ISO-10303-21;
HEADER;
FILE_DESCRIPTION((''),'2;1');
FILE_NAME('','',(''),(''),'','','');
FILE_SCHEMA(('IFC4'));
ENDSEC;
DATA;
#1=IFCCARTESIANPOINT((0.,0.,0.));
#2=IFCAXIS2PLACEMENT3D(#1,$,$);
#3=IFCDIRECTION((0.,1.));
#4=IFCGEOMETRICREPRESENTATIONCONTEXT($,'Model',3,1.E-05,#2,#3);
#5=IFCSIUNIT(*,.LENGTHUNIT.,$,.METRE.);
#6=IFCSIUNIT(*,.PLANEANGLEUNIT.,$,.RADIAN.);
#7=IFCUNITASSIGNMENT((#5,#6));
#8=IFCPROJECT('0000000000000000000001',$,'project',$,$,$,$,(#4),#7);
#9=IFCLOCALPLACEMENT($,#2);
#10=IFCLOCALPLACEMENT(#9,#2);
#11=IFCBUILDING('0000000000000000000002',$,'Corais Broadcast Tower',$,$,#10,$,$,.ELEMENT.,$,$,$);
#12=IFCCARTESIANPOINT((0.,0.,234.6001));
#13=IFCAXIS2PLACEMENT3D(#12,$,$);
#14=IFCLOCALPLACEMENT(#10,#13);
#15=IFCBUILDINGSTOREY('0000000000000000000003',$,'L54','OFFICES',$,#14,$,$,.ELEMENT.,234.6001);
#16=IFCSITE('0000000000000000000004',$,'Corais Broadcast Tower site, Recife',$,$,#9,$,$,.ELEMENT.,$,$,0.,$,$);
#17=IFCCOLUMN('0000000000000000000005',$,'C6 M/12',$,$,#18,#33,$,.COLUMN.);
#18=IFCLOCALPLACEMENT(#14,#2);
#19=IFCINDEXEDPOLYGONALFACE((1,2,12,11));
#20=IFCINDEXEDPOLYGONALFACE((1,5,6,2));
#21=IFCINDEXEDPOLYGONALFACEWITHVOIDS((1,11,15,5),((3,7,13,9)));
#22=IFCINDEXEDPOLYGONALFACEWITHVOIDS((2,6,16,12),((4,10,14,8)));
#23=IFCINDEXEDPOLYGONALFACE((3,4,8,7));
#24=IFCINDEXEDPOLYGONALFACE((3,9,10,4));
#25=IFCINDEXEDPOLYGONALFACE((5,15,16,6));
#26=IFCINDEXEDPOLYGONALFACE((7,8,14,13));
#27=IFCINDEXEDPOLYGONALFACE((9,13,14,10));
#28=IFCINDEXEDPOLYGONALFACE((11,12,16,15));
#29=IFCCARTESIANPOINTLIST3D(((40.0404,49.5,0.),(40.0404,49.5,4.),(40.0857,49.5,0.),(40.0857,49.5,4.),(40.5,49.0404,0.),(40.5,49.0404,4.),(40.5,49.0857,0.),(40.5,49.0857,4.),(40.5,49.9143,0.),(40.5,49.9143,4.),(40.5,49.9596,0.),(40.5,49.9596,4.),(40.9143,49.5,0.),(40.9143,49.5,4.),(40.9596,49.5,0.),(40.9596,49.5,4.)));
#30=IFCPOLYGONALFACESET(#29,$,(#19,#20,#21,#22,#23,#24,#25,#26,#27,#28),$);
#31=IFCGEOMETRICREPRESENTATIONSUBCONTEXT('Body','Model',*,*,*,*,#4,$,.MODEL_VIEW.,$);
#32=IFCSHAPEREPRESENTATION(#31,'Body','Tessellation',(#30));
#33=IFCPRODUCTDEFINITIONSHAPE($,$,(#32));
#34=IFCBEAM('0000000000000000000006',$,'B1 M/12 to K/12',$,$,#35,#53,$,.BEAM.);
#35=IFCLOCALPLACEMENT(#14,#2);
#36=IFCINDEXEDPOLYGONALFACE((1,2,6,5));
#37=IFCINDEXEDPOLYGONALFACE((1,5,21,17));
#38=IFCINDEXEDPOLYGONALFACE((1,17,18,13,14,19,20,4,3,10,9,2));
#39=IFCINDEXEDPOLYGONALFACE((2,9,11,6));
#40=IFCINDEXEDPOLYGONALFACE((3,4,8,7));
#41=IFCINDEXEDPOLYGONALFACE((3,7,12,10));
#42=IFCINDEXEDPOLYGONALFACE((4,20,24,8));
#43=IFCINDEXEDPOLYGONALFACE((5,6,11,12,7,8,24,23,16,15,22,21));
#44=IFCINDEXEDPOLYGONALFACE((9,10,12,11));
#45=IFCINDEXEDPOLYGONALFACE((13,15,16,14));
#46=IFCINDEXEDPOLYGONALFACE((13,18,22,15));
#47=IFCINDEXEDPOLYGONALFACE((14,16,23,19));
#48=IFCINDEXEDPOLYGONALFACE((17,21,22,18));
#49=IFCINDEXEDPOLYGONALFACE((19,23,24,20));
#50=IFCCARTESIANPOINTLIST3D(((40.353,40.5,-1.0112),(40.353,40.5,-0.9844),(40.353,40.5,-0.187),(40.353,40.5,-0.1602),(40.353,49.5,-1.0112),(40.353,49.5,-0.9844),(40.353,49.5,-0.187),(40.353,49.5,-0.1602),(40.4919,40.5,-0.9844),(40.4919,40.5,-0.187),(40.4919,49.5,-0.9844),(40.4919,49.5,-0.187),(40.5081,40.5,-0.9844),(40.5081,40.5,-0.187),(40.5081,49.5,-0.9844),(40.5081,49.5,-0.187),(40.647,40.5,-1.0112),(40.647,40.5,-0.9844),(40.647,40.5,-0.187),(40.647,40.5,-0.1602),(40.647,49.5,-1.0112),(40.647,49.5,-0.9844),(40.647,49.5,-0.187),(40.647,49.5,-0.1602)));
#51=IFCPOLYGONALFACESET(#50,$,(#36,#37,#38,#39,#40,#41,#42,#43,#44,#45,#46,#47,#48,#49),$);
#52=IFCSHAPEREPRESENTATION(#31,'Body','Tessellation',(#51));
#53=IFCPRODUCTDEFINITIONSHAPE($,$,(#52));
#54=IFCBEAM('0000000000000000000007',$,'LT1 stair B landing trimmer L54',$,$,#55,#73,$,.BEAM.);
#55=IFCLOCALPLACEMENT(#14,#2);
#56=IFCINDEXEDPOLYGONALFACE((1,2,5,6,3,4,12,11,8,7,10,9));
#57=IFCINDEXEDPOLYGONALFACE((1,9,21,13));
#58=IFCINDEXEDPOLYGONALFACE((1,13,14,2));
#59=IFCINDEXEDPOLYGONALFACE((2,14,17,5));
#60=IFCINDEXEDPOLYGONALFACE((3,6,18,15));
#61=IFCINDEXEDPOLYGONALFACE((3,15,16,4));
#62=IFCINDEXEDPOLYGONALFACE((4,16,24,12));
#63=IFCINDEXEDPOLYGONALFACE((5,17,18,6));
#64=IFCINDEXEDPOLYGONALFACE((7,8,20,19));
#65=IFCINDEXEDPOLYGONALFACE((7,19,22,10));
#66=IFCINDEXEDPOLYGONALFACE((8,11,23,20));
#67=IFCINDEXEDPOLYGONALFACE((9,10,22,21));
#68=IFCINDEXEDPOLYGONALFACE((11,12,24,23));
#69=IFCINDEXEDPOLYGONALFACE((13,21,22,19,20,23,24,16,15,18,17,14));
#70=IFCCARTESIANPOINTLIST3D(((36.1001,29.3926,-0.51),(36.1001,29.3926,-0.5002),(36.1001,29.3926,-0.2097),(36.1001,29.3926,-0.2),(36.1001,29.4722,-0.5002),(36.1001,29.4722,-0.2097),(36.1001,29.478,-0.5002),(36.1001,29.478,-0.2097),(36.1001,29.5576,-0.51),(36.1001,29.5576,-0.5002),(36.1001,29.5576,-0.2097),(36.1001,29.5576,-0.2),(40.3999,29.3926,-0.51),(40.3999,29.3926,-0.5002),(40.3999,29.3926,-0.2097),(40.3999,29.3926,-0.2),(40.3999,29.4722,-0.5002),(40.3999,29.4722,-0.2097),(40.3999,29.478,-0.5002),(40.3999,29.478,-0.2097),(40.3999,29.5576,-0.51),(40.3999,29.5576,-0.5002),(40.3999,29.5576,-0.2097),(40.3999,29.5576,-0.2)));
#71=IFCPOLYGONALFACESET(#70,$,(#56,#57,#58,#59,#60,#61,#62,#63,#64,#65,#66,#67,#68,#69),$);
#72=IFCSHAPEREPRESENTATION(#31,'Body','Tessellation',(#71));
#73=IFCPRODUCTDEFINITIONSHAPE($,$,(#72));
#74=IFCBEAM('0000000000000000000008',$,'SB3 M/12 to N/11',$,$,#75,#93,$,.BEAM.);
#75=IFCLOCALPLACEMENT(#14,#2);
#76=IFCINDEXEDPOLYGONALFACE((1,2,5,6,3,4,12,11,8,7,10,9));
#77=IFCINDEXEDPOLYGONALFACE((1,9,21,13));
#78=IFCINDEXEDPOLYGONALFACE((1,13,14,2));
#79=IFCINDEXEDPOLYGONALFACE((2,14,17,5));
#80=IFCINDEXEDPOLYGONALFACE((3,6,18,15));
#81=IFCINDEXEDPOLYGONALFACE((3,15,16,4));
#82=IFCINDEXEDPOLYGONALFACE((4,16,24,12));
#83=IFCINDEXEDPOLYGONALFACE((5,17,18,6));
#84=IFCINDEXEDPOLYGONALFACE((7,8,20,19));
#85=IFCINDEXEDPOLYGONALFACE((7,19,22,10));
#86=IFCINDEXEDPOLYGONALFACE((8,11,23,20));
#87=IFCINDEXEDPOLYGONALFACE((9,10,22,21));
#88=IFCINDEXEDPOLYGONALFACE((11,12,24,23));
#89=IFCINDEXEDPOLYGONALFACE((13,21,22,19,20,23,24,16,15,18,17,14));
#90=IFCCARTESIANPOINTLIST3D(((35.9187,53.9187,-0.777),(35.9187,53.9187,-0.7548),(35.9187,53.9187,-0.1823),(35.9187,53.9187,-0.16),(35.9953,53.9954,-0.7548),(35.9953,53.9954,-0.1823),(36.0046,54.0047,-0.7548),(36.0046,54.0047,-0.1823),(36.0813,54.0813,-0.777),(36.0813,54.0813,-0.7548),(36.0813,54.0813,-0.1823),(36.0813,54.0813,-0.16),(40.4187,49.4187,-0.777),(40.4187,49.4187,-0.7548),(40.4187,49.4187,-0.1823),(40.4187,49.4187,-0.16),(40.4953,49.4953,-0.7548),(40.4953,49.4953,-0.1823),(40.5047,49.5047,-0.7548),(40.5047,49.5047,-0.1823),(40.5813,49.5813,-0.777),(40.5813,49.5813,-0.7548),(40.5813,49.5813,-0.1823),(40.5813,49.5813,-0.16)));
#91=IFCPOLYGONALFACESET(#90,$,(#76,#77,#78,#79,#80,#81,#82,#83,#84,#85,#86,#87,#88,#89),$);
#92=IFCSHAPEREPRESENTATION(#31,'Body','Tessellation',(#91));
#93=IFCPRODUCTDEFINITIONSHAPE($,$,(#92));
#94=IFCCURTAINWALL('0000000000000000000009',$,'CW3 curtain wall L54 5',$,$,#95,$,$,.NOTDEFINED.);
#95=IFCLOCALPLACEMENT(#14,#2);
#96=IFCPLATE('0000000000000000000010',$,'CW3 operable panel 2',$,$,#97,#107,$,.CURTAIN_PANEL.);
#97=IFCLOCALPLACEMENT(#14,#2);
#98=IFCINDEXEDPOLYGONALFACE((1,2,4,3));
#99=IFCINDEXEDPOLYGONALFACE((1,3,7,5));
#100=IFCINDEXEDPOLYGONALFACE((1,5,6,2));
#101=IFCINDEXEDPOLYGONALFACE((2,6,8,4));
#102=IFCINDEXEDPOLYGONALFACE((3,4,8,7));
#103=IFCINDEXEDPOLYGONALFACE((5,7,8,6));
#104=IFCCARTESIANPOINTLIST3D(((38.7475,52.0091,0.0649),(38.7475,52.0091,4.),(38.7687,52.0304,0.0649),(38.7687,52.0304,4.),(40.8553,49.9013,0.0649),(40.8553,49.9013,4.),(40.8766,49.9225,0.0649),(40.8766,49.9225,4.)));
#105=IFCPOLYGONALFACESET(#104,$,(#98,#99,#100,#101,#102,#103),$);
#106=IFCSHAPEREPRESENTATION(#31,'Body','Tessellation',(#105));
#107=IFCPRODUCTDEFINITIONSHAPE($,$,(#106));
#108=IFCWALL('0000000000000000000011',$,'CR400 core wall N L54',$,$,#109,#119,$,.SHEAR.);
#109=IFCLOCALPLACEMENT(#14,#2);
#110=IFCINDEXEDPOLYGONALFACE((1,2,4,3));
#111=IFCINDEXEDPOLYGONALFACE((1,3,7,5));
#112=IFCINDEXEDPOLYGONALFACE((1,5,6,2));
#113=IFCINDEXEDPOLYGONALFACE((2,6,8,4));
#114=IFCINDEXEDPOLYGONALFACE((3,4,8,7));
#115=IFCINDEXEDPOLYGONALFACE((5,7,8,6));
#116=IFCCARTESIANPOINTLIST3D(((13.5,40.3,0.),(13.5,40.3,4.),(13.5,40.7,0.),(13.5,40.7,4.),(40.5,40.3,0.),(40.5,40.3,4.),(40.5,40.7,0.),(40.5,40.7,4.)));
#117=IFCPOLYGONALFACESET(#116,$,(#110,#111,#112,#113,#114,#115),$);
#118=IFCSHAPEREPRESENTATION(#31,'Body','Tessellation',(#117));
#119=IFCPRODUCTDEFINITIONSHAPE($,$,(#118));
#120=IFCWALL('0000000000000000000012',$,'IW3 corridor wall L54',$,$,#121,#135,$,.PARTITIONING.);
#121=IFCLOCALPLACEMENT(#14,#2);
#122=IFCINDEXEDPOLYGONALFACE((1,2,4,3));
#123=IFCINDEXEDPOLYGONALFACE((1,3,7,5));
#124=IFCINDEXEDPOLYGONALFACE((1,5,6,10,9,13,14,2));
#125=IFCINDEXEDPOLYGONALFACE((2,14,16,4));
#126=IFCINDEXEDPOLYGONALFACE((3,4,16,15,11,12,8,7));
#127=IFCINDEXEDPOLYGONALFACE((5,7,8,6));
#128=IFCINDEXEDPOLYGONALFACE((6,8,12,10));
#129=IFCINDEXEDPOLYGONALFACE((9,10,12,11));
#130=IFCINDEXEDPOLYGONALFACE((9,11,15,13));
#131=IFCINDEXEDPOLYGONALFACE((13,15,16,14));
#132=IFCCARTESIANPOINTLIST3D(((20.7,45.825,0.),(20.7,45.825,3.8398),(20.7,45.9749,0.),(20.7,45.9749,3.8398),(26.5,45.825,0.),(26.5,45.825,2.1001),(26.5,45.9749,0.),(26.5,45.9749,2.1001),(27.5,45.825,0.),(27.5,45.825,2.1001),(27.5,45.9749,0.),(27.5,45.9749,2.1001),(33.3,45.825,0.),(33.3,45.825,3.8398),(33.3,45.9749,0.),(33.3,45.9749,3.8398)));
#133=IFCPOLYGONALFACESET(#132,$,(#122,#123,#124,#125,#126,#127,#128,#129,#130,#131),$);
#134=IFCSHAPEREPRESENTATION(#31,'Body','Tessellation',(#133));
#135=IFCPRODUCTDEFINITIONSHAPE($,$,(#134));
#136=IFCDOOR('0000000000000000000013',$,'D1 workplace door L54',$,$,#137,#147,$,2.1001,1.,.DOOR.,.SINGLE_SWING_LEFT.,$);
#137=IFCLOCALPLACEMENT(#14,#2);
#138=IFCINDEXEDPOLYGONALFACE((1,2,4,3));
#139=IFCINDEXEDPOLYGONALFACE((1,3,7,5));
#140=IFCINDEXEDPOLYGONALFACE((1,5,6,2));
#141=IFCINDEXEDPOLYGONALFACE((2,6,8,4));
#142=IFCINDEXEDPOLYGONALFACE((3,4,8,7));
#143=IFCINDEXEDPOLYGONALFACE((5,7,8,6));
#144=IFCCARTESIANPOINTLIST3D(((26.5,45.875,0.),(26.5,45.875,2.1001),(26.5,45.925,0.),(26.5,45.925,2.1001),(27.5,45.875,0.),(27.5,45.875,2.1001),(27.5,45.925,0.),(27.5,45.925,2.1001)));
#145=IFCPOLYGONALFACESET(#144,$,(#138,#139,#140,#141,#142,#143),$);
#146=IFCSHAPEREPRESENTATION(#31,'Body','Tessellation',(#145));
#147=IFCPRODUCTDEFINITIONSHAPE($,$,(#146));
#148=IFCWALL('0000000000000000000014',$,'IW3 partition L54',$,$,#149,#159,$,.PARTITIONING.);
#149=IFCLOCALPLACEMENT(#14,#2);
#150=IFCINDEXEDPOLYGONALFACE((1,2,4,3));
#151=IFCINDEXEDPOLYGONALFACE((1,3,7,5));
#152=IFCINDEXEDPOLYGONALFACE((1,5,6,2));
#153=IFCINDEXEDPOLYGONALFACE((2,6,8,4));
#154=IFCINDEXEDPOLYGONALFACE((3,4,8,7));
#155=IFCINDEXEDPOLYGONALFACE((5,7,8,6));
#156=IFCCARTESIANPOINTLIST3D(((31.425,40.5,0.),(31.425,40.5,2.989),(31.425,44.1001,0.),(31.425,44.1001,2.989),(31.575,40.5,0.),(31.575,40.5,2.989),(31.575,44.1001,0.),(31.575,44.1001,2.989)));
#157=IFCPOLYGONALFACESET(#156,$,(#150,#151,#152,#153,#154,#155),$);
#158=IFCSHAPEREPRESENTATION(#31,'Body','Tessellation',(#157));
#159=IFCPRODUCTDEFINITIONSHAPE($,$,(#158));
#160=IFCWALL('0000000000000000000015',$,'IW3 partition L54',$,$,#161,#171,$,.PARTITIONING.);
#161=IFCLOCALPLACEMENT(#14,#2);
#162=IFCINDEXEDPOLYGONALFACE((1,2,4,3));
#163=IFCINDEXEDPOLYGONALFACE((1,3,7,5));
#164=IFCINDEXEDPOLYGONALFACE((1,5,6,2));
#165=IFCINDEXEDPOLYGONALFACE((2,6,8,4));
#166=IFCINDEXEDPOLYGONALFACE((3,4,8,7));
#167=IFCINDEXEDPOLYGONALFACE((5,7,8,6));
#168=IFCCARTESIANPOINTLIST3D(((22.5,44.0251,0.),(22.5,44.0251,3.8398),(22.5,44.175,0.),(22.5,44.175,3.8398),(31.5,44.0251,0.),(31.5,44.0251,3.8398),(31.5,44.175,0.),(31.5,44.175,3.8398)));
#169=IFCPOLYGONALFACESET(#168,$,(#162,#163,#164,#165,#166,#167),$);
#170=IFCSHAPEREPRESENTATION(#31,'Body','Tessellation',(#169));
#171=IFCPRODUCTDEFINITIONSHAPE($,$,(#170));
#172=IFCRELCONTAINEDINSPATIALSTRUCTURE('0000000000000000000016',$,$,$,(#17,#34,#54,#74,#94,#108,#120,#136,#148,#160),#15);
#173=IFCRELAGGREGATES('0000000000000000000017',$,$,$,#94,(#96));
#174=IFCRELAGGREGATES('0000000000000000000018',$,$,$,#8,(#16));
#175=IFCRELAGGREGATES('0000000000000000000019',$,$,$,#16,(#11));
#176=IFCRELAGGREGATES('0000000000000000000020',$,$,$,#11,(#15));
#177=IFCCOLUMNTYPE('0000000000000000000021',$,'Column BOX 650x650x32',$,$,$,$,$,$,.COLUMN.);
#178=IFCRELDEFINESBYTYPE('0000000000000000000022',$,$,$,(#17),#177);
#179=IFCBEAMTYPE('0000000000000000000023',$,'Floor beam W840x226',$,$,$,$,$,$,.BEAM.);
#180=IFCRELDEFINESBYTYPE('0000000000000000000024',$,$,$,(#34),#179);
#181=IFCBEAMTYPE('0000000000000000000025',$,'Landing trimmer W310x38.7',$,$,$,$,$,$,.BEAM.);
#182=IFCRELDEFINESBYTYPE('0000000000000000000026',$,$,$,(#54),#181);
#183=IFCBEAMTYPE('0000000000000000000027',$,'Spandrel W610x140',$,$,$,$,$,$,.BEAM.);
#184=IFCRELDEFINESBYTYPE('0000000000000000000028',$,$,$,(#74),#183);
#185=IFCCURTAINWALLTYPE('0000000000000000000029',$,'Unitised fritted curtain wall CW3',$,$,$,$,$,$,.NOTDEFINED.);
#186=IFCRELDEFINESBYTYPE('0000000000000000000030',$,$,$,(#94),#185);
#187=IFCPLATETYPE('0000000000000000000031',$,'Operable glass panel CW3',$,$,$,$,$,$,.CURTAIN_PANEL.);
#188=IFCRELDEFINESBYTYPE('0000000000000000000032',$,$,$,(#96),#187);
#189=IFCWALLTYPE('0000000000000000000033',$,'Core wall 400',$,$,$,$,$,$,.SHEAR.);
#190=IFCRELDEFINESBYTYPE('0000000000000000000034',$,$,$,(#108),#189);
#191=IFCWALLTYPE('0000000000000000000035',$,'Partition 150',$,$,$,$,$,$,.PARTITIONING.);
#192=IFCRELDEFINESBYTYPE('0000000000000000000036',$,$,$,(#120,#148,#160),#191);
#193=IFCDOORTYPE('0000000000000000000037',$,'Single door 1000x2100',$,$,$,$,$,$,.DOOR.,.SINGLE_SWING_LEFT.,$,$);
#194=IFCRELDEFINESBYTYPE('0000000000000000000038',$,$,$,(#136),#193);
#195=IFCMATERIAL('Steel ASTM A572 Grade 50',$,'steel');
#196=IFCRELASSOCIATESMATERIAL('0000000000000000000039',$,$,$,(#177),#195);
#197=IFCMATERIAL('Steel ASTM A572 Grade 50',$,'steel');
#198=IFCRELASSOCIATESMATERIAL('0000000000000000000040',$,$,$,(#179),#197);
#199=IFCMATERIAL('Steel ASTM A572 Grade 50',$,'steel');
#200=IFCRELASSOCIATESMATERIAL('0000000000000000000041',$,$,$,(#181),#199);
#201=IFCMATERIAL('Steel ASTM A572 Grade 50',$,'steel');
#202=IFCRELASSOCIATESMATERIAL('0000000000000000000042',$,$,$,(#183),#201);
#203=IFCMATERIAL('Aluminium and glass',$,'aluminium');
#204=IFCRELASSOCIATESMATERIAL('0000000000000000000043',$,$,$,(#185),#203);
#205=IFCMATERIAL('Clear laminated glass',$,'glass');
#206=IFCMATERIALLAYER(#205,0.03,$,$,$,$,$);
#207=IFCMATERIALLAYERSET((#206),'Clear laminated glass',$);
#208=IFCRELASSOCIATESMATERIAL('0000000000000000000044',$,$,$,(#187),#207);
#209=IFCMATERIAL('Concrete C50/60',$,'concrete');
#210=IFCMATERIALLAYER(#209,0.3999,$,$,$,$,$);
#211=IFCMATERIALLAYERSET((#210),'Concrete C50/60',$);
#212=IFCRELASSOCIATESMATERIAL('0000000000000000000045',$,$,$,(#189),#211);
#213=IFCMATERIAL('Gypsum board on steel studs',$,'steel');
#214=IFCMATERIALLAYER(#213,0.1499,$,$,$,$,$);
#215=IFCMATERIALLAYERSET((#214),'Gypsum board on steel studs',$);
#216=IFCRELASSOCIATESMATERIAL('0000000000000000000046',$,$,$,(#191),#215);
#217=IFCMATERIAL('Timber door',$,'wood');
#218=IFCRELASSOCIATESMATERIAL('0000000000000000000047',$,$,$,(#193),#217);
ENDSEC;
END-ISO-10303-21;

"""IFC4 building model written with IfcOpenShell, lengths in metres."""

from ifc_helpers import new_model, si_unit, direction, frame, frame_2d, origin, origin_2d, place, context, subcontext, project, spatial, rectangle, hollow_rectangle, i_section, extrude, material, layer, layer_set, material_profile, profile_set, type_object, element, fill, aggregate, save


model = new_model("IFC4")

# Units and contexts
model_context = context("Model", 3, precision=1e-05, world=origin(), true_north=direction((0.0, 1.0)))
body_context = subcontext(model_context, "Body", "Model", "MODEL_VIEW")
ifc_project = project(units=[si_unit("LENGTHUNIT", "METRE"), si_unit("PLANEANGLEUNIT", "RADIAN")], contexts=[model_context])

# Site, building, storey
site_placement = place(None, origin())
site = spatial("IfcSite", under=ifc_project, at=site_placement, Name="Corais Broadcast Tower site, Recife", CompositionType="ELEMENT", RefElevation=0.0)
building_placement = place(site_placement, origin())
building = spatial("IfcBuilding", under=site, at=building_placement, Name="Corais Broadcast Tower", CompositionType="ELEMENT")
storey_placement = place(building_placement, frame((0.0, 0.0, 234.6001)))
storey = spatial("IfcBuildingStorey", under=building, at=storey_placement, Name="L54", Description="OFFICES", CompositionType="ELEMENT", Elevation=234.6001)

# Column
ifc_material_1 = material(Name="Steel ASTM A572 Grade 50", Category="steel")
ifc_material_profile_1 = material_profile(ifc_material_1, hollow_rectangle(XDim=0.6499, YDim=0.6499, WallThickness=0.032, at=origin_2d()), Name="BOX 650x650x32")
ifc_profile_set_1 = profile_set([ifc_material_profile_1], Name="Steel ASTM A572 Grade 50")
column_type = type_object("IfcColumnType", Name="Column BOX 650x650x32", PredefinedType="COLUMN", material=ifc_profile_set_1)
column_placement = place(storey_placement, frame((40.5, 49.5, 0.0), z_axis=(0.0, 0.0, 1.0), x_axis=(0.707107, 0.707107, 0.0)))
element("IfcColumn", 1, at=column_placement, inside=storey, type_object=column_type, Name="C6 M/12", PredefinedType="COLUMN", context=body_context, shape_type="SweptSolid", body=[
    extrude(hollow_rectangle(XDim=0.6499, YDim=0.6499, WallThickness=0.032, at=origin_2d()), origin(), (0.0, 0.0, 1.0), 4.0),
])

# Beams
ifc_material_2 = material(Name="Steel ASTM A572 Grade 50", Category="steel")
ifc_material_profile_2 = material_profile(ifc_material_2, i_section(OverallWidth=0.2939, OverallDepth=0.8511, WebThickness=0.0161, FlangeThickness=0.0269, at=origin_2d()), Name="W840x226")
ifc_profile_set_2 = profile_set([ifc_material_profile_2], Name="Steel ASTM A572 Grade 50")
beam_type_1 = type_object("IfcBeamType", Name="Floor beam W840x226", PredefinedType="BEAM", material=ifc_profile_set_2)
beam_1_placement = place(storey_placement, frame((40.5, 49.5, -0.5857), z_axis=(0.0, -1.0, 0.0), x_axis=(1.0, 0.0, 0.0)))
element("IfcBeam", 2, at=beam_1_placement, inside=storey, type_object=beam_type_1, Name="B1 M/12 to K/12", PredefinedType="BEAM", context=body_context, shape_type="SweptSolid", body=[
    extrude(i_section(OverallWidth=0.2939, OverallDepth=0.8511, WebThickness=0.0161, FlangeThickness=0.0269, at=origin_2d()), origin(), (0.0, 0.0, 1.0), 9.0),
])
ifc_material_3 = material(Name="Steel ASTM A572 Grade 50", Category="steel")
ifc_material_profile_3 = material_profile(ifc_material_3, i_section(OverallWidth=0.165, OverallDepth=0.3101, WebThickness=0.0059, FlangeThickness=0.0098, at=origin_2d()), Name="W310x38.7")
ifc_profile_set_3 = profile_set([ifc_material_profile_3], Name="Steel ASTM A572 Grade 50")
beam_type_2 = type_object("IfcBeamType", Name="Landing trimmer W310x38.7", PredefinedType="BEAM", material=ifc_profile_set_3)
beam_2_placement = place(storey_placement, frame((36.1001, 29.4751, -0.355), z_axis=(1.0, 0.0, 0.0), x_axis=(0.0, 1.0, 0.0)))
element("IfcBeam", 3, at=beam_2_placement, inside=storey, type_object=beam_type_2, Name="LT1 stair B landing trimmer L54", PredefinedType="BEAM", context=body_context, shape_type="SweptSolid", body=[
    extrude(i_section(OverallWidth=0.165, OverallDepth=0.3101, WebThickness=0.0059, FlangeThickness=0.0098, at=origin_2d()), origin(), (0.0, 0.0, 1.0), 4.2998),
])
ifc_material_4 = material(Name="Steel ASTM A572 Grade 50", Category="steel")
ifc_material_profile_4 = material_profile(ifc_material_4, i_section(OverallWidth=0.23, OverallDepth=0.6169, WebThickness=0.0132, FlangeThickness=0.0222, at=origin_2d()), Name="W610x140")
ifc_profile_set_4 = profile_set([ifc_material_profile_4], Name="Steel ASTM A572 Grade 50")
beam_type_3 = type_object("IfcBeamType", Name="Spandrel W610x140", PredefinedType="BEAM", material=ifc_profile_set_4)
beam_3_placement = place(storey_placement, frame((40.5, 49.5, -0.4685), z_axis=(-0.707107, 0.707107, 0.0), x_axis=(-0.707107, -0.707107, 0.0)))
element("IfcBeam", 4, at=beam_3_placement, inside=storey, type_object=beam_type_3, Name="SB3 M/12 to N/11", PredefinedType="BEAM", context=body_context, shape_type="SweptSolid", body=[
    extrude(i_section(OverallWidth=0.23, OverallDepth=0.6169, WebThickness=0.0132, FlangeThickness=0.0222, at=origin_2d()), origin(), (0.0, 0.0, 1.0), 6.364),
])

# Curtain wall, plate
ifc_material_5 = material(Name="Aluminium and glass", Category="aluminium")
curtain_wall_type = type_object("IfcCurtainWallType", Name="Unitised fritted curtain wall CW3", PredefinedType="NOTDEFINED", material=ifc_material_5)
curtain_wall_placement = place(storey_placement, origin())
curtain_wall = element("IfcCurtainWall", 5, at=curtain_wall_placement, inside=storey, type_object=curtain_wall_type, Name="CW3 curtain wall L54 5", PredefinedType="NOTDEFINED")
ifc_material_6 = material(Name="Clear laminated glass", Category="glass")
ifc_layer_1 = layer(ifc_material_6, 0.03)
ifc_layer_set_1 = layer_set([ifc_layer_1], Name="Clear laminated glass")
plate_type = type_object("IfcPlateType", Name="Operable glass panel CW3", PredefinedType="CURTAIN_PANEL", material=ifc_layer_set_1)
plate_placement = place(storey_placement, frame((39.812, 50.9658, 0.0649), z_axis=(0.0, 0.0, 1.0), x_axis=(0.707107, -0.707107, 0.0)))
plate = element("IfcPlate", 6, at=plate_placement, type_object=plate_type, Name="CW3 operable panel 2", PredefinedType="CURTAIN_PANEL", context=body_context, shape_type="SweptSolid", body=[
    extrude(rectangle(XDim=2.981, YDim=0.03, at=origin_2d()), origin(), (0.0, 0.0, 1.0), 3.9351),
])
aggregate(curtain_wall, [plate])

# Wall
ifc_material_7 = material(Name="Concrete C50/60", Category="concrete")
ifc_layer_2 = layer(ifc_material_7, 0.3999)
ifc_layer_set_2 = layer_set([ifc_layer_2], Name="Concrete C50/60")
wall_type_1 = type_object("IfcWallType", Name="Core wall 400", PredefinedType="SHEAR", material=ifc_layer_set_2)
wall_1_placement = place(storey_placement, frame((40.5, 40.5, 0.0), z_axis=(0.0, 0.0, 1.0), x_axis=(-1.0, 0.0, 0.0)))
element("IfcWall", 7, at=wall_1_placement, inside=storey, type_object=wall_type_1, Name="CR400 core wall N L54", PredefinedType="SHEAR", context=body_context, shape_type="SweptSolid", body=[
    extrude(rectangle(XDim=27.0, YDim=0.3999, at=frame_2d((13.5, 0.0))), origin(), (0.0, 0.0, 1.0), 4.0),
])

# Wall, opening, door
ifc_material_8 = material(Name="Gypsum board on steel studs", Category="steel")
ifc_layer_3 = layer(ifc_material_8, 0.1499)
ifc_layer_set_3 = layer_set([ifc_layer_3], Name="Gypsum board on steel studs")
wall_type_2 = type_object("IfcWallType", Name="Partition 150", PredefinedType="PARTITIONING", material=ifc_layer_set_3)
wall_2_placement = place(storey_placement, frame((33.3, 45.8999, 0.0), z_axis=(0.0, 0.0, 1.0), x_axis=(-1.0, 0.0, 0.0)))
wall_2 = element("IfcWall", 8, at=wall_2_placement, inside=storey, type_object=wall_type_2, Name="IW3 corridor wall L54", PredefinedType="PARTITIONING", context=body_context, shape_type="SweptSolid", body=[
    extrude(rectangle(XDim=12.6001, YDim=0.1499, at=frame_2d((6.3, 0.0))), origin(), (0.0, 0.0, 1.0), 3.8398),
])
opening_1_placement = place(wall_2_placement, frame((5.8, 0.0, 0.0)))
opening_1 = element("IfcOpeningElement", 9, at=opening_1_placement, cuts=wall_2, PredefinedType="OPENING", context=body_context, shape_type="SweptSolid", body=[
    extrude(rectangle(XDim=1.0, YDim=2.1001, at=frame_2d((0.5, 1.05))), frame((0.0, 0.085, 0.0), z_axis=(0.0, -1.0, 0.0), x_axis=(1.0, 0.0, 0.0)), (0.0, 0.0, 1.0), 0.1699),
])
ifc_material_9 = material(Name="Timber door", Category="wood")
door_type = type_object("IfcDoorType", Name="Single door 1000x2100", OperationType="SINGLE_SWING_LEFT", PredefinedType="DOOR", material=ifc_material_9)
door_1_placement = place(opening_1_placement, origin())
door_1 = element("IfcDoor", 10, at=door_1_placement, inside=storey, type_object=door_type, Name="D1 workplace door L54", OperationType="SINGLE_SWING_LEFT", OverallHeight=2.1001, OverallWidth=1.0, PredefinedType="DOOR", context=body_context, shape_type="SweptSolid", body=[
    extrude(rectangle(XDim=1.0, YDim=2.1001, at=frame_2d((0.5, 1.05))), frame((0.0, 0.0249, 0.0), z_axis=(0.0, -1.0, 0.0), x_axis=(1.0, 0.0, 0.0)), (0.0, 0.0, 1.0), 0.05),
])
fill(opening_1, door_1)

# Walls
wall_3_placement = place(storey_placement, frame((31.5, 40.5, 0.0), z_axis=(0.0, 0.0, 1.0), x_axis=(0.0, 1.0, 0.0)))
element("IfcWall", 11, at=wall_3_placement, inside=storey, type_object=wall_type_2, Name="IW3 partition L54", PredefinedType="PARTITIONING", context=body_context, shape_type="SweptSolid", body=[
    extrude(rectangle(XDim=3.6001, YDim=0.1499, at=frame_2d((1.8, 0.0))), origin(), (0.0, 0.0, 1.0), 2.989),
])
wall_4_placement = place(storey_placement, frame((31.5, 44.1001, 0.0), z_axis=(0.0, 0.0, 1.0), x_axis=(-1.0, 0.0, 0.0)))
element("IfcWall", 12, at=wall_4_placement, inside=storey, type_object=wall_type_2, Name="IW3 partition L54", PredefinedType="PARTITIONING", context=body_context, shape_type="SweptSolid", body=[
    extrude(rectangle(XDim=9.0, YDim=0.1499, at=frame_2d((4.5, 0.0))), origin(), (0.0, 0.0, 1.0), 3.8398),
])

save(model, "model.ifc")
